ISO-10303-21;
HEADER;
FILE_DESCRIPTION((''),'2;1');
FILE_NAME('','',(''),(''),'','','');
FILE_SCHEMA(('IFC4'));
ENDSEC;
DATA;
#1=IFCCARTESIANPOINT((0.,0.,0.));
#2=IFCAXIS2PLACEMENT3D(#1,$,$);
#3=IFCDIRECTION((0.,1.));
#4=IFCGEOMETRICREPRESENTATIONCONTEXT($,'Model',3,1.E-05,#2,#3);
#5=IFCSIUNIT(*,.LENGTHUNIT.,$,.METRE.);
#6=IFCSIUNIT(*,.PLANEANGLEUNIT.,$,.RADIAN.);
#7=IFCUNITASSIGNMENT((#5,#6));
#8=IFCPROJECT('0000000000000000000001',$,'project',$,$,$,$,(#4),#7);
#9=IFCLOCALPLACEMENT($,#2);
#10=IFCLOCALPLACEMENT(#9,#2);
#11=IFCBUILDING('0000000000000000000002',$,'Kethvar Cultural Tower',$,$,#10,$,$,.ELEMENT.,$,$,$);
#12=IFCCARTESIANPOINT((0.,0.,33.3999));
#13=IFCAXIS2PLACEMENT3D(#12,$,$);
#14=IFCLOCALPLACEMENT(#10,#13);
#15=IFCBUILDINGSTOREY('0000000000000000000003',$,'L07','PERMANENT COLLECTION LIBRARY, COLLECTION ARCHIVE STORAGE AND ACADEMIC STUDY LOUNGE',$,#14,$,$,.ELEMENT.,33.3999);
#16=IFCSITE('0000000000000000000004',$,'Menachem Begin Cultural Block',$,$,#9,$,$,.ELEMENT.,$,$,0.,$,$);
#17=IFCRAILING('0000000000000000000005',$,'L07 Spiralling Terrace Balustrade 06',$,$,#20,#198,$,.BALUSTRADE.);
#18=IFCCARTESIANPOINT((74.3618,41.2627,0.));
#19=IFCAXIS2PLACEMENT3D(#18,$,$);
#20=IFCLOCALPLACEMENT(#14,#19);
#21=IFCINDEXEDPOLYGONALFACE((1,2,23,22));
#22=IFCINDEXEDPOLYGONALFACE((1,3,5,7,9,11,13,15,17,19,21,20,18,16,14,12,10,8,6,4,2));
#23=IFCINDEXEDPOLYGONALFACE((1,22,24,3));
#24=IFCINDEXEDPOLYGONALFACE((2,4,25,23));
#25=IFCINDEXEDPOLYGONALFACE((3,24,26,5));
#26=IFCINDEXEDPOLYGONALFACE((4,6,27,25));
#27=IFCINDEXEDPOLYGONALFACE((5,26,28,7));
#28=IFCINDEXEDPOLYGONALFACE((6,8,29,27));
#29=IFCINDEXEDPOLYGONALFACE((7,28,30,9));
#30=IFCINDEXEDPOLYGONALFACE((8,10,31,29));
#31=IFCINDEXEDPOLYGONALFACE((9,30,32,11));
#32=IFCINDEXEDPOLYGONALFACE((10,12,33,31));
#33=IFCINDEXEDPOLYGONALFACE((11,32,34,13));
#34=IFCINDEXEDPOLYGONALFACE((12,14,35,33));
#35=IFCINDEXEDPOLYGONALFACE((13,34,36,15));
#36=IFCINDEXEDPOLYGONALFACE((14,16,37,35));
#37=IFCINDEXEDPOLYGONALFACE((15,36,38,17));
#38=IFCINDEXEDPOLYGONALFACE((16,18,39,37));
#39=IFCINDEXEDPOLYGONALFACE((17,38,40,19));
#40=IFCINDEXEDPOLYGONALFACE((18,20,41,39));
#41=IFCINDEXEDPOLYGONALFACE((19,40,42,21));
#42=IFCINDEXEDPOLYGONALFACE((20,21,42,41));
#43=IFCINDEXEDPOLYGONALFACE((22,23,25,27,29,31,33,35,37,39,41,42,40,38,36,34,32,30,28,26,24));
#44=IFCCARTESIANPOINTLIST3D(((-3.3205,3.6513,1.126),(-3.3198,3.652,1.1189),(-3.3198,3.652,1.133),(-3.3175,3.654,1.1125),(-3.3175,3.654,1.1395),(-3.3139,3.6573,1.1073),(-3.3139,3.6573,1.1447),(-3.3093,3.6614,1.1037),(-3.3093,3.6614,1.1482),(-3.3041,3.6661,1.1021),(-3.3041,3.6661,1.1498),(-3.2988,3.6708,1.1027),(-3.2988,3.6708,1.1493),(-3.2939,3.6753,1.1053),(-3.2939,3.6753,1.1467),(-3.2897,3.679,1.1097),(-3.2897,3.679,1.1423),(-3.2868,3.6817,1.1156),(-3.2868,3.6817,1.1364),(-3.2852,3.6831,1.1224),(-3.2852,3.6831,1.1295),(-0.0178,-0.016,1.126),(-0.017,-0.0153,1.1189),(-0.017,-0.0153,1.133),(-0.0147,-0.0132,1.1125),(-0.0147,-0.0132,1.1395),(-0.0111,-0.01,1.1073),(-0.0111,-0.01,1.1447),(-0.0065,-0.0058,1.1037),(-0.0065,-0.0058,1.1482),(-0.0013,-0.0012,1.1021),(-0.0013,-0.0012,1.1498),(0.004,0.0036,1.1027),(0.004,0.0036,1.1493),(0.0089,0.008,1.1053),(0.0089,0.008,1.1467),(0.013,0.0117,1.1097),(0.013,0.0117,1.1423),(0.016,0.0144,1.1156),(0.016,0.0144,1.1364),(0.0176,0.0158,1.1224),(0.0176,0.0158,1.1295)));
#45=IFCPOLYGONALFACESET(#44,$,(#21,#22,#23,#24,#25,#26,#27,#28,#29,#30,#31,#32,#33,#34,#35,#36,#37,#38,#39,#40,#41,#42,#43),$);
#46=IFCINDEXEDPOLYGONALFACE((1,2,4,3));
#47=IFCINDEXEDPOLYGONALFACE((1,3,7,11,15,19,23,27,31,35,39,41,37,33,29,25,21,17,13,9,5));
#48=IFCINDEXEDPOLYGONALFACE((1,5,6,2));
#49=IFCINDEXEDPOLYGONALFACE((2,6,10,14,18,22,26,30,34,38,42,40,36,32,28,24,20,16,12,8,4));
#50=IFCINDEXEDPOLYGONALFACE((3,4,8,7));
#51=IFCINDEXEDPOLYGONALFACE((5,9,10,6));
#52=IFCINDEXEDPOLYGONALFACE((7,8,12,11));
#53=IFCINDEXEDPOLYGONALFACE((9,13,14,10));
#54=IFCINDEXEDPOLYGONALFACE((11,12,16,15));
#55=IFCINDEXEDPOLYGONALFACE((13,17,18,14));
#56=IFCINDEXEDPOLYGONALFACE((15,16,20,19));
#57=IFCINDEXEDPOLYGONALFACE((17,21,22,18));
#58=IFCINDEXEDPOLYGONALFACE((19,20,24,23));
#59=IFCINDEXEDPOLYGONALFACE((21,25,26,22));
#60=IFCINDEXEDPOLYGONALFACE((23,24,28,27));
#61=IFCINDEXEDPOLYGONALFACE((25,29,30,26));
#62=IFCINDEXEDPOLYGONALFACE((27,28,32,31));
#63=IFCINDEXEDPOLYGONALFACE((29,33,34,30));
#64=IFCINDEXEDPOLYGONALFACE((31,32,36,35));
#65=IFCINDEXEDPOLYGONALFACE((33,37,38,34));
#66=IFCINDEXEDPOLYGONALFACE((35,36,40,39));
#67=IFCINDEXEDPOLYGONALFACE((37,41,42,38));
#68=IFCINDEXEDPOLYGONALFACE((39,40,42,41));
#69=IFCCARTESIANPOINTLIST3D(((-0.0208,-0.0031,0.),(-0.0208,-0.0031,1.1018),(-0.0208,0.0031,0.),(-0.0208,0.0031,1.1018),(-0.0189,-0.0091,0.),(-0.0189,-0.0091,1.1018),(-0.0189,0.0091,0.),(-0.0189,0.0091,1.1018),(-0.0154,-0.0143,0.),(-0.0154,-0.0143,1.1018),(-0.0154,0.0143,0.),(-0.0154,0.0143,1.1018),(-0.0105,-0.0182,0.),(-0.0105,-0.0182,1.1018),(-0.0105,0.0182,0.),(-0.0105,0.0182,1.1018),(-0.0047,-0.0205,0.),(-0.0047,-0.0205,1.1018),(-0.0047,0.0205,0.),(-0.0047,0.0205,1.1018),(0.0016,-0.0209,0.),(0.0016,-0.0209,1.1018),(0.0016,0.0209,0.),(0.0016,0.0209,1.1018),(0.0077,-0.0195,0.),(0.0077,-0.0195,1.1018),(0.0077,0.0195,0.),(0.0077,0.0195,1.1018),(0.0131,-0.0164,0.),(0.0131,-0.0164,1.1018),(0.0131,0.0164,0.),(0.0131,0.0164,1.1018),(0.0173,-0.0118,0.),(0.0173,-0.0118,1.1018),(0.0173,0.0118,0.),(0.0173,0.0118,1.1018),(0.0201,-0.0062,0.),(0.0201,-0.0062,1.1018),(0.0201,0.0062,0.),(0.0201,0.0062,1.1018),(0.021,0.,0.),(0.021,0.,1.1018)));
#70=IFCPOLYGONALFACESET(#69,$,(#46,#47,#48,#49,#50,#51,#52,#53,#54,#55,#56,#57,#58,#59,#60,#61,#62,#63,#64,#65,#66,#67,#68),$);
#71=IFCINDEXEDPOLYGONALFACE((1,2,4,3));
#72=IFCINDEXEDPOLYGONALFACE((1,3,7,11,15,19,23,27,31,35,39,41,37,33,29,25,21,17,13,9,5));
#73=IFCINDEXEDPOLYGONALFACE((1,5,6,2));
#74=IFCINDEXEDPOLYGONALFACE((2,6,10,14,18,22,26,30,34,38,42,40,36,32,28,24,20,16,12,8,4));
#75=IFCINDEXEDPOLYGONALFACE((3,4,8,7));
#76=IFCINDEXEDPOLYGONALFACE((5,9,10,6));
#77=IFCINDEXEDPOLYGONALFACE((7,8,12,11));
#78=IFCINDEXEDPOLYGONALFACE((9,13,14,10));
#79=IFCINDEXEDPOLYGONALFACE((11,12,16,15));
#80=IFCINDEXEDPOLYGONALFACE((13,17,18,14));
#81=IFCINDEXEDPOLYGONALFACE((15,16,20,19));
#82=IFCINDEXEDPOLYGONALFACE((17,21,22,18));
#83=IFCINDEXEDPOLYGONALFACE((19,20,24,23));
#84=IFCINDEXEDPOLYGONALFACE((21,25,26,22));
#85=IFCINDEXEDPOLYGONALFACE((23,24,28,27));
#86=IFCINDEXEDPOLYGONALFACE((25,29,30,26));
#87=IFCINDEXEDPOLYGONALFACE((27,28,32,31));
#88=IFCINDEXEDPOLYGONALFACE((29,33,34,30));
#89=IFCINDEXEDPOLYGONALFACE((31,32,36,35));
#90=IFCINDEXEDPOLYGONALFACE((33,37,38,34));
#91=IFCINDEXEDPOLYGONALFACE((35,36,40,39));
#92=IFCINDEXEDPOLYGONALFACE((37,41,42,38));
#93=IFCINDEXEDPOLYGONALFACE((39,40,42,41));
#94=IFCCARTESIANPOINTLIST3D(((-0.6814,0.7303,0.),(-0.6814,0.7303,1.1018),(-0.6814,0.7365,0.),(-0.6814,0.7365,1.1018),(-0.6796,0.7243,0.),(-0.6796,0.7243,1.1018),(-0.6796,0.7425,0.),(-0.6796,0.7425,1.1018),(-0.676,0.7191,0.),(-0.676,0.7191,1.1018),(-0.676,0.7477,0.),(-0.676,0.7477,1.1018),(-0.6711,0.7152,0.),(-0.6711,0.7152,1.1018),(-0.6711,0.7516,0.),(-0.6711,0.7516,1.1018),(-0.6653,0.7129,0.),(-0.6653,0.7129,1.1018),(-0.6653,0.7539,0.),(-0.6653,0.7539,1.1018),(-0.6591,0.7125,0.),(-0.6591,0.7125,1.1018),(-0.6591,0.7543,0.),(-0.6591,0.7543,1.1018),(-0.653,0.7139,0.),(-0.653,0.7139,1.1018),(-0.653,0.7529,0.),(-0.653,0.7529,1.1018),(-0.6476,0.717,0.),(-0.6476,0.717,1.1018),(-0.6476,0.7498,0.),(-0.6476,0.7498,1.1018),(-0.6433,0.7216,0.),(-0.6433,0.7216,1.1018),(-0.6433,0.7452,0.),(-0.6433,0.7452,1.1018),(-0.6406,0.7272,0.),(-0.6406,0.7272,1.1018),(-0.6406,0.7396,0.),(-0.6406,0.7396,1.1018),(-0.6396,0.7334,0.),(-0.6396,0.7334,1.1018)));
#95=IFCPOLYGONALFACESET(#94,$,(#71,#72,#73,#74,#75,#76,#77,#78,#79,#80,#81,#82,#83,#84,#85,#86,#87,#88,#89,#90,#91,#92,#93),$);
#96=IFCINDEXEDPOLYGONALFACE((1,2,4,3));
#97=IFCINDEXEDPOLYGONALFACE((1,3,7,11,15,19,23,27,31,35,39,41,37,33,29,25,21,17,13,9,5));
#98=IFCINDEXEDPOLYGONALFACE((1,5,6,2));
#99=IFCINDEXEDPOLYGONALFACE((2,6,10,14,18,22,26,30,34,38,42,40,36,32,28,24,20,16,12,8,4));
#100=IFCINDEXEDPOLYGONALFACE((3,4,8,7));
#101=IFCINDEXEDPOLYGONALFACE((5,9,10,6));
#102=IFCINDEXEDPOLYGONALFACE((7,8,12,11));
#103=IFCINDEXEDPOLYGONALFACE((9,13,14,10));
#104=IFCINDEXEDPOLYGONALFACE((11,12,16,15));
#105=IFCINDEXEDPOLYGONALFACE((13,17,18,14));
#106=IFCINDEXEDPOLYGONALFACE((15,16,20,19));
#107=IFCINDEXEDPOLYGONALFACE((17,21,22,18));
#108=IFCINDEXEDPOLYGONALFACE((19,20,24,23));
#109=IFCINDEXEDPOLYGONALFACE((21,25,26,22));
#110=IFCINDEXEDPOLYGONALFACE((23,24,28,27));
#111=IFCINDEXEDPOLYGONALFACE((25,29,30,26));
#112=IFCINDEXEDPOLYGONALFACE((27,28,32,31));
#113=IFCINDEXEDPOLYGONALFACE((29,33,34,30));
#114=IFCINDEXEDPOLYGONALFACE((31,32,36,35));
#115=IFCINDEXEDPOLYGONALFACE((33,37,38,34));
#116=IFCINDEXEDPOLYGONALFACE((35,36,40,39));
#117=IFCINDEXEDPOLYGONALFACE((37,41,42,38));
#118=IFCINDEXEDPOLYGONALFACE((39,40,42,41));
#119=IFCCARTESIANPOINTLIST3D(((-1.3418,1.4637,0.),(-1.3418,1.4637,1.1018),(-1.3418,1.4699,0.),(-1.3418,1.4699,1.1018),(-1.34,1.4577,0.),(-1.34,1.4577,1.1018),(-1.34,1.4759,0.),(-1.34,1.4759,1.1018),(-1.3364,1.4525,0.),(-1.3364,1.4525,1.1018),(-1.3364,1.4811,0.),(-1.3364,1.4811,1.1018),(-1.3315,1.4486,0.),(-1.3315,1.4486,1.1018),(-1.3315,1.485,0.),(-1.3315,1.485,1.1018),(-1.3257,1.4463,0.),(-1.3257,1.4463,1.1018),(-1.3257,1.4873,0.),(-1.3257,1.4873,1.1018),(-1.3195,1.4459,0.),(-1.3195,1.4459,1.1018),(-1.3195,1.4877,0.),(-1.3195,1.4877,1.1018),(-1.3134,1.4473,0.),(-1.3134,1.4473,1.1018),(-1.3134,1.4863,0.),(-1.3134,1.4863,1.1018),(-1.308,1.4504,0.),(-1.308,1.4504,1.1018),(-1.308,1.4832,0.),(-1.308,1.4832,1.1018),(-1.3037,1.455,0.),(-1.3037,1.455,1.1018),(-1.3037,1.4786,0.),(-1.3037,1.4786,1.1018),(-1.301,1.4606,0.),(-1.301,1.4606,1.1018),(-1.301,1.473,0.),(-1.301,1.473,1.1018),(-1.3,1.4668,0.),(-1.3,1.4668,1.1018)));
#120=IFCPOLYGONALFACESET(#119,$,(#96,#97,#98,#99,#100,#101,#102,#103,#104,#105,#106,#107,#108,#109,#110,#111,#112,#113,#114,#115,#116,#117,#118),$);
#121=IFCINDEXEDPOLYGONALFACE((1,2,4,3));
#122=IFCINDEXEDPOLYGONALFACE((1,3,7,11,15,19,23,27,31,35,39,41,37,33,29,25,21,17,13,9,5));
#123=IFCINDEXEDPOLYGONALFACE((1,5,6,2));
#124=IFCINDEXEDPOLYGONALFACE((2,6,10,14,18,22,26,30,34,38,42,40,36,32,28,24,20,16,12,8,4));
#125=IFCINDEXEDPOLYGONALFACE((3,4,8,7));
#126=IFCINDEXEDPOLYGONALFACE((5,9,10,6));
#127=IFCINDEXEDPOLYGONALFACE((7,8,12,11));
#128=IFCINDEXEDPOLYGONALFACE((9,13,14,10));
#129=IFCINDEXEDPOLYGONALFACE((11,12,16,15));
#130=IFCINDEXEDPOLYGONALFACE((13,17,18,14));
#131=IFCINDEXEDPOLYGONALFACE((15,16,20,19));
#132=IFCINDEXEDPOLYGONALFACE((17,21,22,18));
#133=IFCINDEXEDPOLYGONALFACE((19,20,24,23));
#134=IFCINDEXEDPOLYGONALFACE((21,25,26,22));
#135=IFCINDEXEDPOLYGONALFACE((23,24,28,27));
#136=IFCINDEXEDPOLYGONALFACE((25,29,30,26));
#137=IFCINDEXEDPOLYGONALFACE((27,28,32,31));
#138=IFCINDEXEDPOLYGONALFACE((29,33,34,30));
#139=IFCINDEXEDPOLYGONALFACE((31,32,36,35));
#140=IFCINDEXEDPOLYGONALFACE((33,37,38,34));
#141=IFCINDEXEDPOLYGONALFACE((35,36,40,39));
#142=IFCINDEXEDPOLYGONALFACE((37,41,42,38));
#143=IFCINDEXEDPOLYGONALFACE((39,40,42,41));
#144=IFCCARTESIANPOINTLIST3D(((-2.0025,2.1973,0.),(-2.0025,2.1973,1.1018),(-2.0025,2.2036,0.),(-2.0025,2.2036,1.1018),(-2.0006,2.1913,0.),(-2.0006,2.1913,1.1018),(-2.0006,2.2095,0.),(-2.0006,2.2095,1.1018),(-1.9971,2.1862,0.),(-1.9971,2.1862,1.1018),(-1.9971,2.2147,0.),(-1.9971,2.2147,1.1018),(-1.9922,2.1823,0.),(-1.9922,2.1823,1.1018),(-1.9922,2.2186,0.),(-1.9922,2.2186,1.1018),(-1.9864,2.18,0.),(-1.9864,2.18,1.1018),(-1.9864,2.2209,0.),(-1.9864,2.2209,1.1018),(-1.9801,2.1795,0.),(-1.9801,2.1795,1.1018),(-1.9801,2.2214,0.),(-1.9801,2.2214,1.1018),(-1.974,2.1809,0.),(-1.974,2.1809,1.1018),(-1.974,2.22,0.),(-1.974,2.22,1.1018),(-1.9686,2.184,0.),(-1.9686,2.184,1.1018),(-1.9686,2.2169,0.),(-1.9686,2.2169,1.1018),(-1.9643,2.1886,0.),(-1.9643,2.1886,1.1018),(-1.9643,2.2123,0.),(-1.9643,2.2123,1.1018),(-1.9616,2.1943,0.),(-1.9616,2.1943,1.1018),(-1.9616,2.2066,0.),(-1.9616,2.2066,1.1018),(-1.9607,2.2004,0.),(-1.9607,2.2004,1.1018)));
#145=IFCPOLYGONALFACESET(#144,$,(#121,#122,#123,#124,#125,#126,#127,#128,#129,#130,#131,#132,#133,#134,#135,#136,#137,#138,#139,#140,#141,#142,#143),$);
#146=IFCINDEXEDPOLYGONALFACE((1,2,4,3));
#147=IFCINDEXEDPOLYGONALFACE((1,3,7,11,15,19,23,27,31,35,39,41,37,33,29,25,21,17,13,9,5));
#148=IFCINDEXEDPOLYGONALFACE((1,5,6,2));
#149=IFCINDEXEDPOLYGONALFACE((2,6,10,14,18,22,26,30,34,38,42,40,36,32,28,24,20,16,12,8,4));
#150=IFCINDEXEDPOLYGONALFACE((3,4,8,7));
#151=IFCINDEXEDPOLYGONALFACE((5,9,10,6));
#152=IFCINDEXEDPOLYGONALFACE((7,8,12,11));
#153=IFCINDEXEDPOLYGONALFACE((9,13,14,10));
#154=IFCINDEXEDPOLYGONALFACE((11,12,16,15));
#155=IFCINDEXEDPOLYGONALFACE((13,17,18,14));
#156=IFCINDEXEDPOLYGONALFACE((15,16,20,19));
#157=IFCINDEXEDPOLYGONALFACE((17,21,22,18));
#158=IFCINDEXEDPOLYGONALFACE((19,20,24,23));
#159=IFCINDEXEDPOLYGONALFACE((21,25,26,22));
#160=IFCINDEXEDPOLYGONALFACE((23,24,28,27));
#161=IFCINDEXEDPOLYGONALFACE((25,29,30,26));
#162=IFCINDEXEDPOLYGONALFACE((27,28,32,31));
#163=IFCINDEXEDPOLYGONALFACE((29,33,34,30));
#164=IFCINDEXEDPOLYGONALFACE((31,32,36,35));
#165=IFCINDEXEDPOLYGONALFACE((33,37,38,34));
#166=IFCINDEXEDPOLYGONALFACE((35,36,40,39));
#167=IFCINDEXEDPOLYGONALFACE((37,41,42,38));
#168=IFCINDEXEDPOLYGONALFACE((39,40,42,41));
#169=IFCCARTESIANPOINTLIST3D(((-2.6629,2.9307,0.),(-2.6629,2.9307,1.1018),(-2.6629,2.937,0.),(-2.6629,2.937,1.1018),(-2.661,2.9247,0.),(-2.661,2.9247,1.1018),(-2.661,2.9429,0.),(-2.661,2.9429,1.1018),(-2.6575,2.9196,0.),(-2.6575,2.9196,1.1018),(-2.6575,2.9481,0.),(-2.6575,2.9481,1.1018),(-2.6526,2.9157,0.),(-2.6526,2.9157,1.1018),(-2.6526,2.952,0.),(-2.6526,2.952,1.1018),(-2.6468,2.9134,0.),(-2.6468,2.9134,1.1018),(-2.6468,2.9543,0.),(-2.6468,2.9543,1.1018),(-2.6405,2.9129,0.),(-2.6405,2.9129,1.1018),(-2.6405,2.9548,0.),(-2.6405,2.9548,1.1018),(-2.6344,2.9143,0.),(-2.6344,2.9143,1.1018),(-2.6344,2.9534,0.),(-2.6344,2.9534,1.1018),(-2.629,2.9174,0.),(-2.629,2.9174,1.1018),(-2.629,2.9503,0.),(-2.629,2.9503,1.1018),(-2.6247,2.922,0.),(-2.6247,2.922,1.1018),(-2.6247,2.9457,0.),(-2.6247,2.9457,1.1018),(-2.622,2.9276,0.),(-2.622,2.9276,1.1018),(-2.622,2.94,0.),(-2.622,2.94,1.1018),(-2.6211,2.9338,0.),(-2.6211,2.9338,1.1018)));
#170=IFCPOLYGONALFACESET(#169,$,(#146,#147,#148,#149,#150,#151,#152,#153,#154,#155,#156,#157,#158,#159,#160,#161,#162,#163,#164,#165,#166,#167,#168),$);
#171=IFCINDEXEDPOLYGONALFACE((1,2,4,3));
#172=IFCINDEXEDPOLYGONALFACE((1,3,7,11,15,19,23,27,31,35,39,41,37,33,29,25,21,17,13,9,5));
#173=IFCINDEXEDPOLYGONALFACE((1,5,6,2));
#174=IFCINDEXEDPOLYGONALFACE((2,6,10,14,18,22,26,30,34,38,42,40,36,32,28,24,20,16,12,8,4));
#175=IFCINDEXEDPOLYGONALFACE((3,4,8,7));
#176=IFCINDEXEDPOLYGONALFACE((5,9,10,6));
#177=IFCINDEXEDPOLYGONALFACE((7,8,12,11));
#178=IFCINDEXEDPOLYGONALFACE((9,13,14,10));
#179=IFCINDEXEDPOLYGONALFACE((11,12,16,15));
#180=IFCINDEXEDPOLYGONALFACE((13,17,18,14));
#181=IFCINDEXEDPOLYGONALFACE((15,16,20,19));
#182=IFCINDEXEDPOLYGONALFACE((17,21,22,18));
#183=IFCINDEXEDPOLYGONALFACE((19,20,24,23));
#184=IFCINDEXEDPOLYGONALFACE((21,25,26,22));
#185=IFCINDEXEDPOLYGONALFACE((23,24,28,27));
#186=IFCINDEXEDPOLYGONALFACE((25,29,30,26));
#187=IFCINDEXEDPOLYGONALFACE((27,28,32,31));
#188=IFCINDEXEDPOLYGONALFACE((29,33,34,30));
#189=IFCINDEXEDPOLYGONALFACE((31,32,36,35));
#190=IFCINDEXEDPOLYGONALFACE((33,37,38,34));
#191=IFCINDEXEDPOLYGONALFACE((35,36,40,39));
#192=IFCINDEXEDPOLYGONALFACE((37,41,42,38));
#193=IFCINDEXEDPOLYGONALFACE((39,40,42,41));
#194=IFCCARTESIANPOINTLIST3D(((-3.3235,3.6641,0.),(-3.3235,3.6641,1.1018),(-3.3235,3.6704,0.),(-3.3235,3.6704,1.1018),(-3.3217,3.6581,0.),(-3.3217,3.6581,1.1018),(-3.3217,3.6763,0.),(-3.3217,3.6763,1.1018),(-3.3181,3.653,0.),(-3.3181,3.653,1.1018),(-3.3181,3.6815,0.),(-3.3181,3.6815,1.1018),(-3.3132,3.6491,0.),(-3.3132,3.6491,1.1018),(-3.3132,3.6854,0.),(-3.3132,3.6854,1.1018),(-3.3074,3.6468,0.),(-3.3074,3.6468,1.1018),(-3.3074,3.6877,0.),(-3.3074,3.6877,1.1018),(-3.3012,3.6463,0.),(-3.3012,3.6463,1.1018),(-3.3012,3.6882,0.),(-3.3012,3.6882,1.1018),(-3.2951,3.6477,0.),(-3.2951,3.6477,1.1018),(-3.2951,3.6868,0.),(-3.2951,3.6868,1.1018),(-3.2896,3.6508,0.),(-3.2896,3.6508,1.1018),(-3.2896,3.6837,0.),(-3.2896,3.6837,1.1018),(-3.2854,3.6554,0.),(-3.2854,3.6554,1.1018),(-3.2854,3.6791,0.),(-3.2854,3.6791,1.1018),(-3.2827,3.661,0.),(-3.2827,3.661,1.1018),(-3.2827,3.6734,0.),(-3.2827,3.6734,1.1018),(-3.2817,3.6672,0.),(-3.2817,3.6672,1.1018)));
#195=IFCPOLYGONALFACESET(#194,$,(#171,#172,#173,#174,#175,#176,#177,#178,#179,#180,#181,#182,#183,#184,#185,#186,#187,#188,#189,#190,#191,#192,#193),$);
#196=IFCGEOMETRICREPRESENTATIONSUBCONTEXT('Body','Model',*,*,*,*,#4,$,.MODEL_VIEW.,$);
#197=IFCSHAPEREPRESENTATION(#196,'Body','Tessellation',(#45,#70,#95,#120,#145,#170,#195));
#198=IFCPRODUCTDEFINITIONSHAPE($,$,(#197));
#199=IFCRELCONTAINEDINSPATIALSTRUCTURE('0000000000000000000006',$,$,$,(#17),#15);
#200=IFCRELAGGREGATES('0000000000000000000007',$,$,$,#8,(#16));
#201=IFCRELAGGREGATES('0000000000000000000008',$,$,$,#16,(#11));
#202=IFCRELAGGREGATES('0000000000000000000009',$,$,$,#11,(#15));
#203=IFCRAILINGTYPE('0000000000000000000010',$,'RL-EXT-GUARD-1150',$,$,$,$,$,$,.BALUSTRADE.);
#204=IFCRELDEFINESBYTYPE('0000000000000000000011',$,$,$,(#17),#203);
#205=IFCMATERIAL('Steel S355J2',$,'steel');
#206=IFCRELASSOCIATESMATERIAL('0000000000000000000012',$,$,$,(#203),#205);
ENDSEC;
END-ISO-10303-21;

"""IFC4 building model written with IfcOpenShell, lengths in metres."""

from ifc_helpers import new_model, si_unit, direction, frame, origin, origin_2d, place, context, subcontext, project, spatial, circle, extrude, material, type_object, element, save


model = new_model("IFC4")

# Units and contexts
model_context = context("Model", 3, precision=1e-05, world=origin(), true_north=direction((0.0, 1.0)))
body_context = subcontext(model_context, "Body", "Model", "MODEL_VIEW")
ifc_project = project(units=[si_unit("LENGTHUNIT", "METRE"), si_unit("PLANEANGLEUNIT", "RADIAN")], contexts=[model_context])

# Site, building, storey
site_placement = place(None, origin())
site = spatial("IfcSite", under=ifc_project, at=site_placement, Name="Menachem Begin Cultural Block", CompositionType="ELEMENT", RefElevation=0.0)
building_placement = place(site_placement, origin())
building = spatial("IfcBuilding", under=site, at=building_placement, Name="Kethvar Cultural Tower", CompositionType="ELEMENT")
storey_placement = place(building_placement, frame((0.0, 0.0, 33.3999)))
storey = spatial("IfcBuildingStorey", under=building, at=storey_placement, Name="L07", Description="PERMANENT COLLECTION LIBRARY, COLLECTION ARCHIVE STORAGE AND ACADEMIC STUDY LOUNGE", CompositionType="ELEMENT", Elevation=33.3999)

# Shared definitions
ifc_material_1 = material(Name="Steel S355J2", Category="steel")

# Railing
railing_type = type_object("IfcRailingType", Name="RL-EXT-GUARD-1150", PredefinedType="BALUSTRADE", material=ifc_material_1)
railing_1_placement = place(storey_placement, frame((74.3618, 41.2627, 0.0)))
element("IfcRailing", 1, at=railing_1_placement, inside=storey, type_object=railing_type, Name="L07 Spiralling Terrace Balustrade 06", PredefinedType="BALUSTRADE", context=body_context, shape_type="SweptSolid", body=[
    extrude(circle(Radius=0.0239, at=origin_2d()), frame((0.0, 0.0, 1.126), z_axis=(-0.669213, 0.74307, 0.0), x_axis=(-0.74307, -0.669213, 0.0)), (0.0, 0.0, 1.0), 4.9353),
    extrude(circle(Radius=0.021, at=origin_2d()), origin(), (0.0, 0.0, 1.0), 1.1018),
    extrude(circle(Radius=0.021, at=origin_2d()), frame((-0.6606, 0.7334, 0.0)), (0.0, 0.0, 1.0), 1.1018),
    extrude(circle(Radius=0.021, at=origin_2d()), frame((-1.321, 1.4668, 0.0)), (0.0, 0.0, 1.0), 1.1018),
    extrude(circle(Radius=0.021, at=origin_2d()), frame((-1.9817, 2.2004, 0.0)), (0.0, 0.0, 1.0), 1.1018),
    extrude(circle(Radius=0.021, at=origin_2d()), frame((-2.6421, 2.9338, 0.0)), (0.0, 0.0, 1.0), 1.1018),
    extrude(circle(Radius=0.021, at=origin_2d()), frame((-3.3027, 3.6672, 0.0)), (0.0, 0.0, 1.0), 1.1018),
])

save(model, "model.ifc")
